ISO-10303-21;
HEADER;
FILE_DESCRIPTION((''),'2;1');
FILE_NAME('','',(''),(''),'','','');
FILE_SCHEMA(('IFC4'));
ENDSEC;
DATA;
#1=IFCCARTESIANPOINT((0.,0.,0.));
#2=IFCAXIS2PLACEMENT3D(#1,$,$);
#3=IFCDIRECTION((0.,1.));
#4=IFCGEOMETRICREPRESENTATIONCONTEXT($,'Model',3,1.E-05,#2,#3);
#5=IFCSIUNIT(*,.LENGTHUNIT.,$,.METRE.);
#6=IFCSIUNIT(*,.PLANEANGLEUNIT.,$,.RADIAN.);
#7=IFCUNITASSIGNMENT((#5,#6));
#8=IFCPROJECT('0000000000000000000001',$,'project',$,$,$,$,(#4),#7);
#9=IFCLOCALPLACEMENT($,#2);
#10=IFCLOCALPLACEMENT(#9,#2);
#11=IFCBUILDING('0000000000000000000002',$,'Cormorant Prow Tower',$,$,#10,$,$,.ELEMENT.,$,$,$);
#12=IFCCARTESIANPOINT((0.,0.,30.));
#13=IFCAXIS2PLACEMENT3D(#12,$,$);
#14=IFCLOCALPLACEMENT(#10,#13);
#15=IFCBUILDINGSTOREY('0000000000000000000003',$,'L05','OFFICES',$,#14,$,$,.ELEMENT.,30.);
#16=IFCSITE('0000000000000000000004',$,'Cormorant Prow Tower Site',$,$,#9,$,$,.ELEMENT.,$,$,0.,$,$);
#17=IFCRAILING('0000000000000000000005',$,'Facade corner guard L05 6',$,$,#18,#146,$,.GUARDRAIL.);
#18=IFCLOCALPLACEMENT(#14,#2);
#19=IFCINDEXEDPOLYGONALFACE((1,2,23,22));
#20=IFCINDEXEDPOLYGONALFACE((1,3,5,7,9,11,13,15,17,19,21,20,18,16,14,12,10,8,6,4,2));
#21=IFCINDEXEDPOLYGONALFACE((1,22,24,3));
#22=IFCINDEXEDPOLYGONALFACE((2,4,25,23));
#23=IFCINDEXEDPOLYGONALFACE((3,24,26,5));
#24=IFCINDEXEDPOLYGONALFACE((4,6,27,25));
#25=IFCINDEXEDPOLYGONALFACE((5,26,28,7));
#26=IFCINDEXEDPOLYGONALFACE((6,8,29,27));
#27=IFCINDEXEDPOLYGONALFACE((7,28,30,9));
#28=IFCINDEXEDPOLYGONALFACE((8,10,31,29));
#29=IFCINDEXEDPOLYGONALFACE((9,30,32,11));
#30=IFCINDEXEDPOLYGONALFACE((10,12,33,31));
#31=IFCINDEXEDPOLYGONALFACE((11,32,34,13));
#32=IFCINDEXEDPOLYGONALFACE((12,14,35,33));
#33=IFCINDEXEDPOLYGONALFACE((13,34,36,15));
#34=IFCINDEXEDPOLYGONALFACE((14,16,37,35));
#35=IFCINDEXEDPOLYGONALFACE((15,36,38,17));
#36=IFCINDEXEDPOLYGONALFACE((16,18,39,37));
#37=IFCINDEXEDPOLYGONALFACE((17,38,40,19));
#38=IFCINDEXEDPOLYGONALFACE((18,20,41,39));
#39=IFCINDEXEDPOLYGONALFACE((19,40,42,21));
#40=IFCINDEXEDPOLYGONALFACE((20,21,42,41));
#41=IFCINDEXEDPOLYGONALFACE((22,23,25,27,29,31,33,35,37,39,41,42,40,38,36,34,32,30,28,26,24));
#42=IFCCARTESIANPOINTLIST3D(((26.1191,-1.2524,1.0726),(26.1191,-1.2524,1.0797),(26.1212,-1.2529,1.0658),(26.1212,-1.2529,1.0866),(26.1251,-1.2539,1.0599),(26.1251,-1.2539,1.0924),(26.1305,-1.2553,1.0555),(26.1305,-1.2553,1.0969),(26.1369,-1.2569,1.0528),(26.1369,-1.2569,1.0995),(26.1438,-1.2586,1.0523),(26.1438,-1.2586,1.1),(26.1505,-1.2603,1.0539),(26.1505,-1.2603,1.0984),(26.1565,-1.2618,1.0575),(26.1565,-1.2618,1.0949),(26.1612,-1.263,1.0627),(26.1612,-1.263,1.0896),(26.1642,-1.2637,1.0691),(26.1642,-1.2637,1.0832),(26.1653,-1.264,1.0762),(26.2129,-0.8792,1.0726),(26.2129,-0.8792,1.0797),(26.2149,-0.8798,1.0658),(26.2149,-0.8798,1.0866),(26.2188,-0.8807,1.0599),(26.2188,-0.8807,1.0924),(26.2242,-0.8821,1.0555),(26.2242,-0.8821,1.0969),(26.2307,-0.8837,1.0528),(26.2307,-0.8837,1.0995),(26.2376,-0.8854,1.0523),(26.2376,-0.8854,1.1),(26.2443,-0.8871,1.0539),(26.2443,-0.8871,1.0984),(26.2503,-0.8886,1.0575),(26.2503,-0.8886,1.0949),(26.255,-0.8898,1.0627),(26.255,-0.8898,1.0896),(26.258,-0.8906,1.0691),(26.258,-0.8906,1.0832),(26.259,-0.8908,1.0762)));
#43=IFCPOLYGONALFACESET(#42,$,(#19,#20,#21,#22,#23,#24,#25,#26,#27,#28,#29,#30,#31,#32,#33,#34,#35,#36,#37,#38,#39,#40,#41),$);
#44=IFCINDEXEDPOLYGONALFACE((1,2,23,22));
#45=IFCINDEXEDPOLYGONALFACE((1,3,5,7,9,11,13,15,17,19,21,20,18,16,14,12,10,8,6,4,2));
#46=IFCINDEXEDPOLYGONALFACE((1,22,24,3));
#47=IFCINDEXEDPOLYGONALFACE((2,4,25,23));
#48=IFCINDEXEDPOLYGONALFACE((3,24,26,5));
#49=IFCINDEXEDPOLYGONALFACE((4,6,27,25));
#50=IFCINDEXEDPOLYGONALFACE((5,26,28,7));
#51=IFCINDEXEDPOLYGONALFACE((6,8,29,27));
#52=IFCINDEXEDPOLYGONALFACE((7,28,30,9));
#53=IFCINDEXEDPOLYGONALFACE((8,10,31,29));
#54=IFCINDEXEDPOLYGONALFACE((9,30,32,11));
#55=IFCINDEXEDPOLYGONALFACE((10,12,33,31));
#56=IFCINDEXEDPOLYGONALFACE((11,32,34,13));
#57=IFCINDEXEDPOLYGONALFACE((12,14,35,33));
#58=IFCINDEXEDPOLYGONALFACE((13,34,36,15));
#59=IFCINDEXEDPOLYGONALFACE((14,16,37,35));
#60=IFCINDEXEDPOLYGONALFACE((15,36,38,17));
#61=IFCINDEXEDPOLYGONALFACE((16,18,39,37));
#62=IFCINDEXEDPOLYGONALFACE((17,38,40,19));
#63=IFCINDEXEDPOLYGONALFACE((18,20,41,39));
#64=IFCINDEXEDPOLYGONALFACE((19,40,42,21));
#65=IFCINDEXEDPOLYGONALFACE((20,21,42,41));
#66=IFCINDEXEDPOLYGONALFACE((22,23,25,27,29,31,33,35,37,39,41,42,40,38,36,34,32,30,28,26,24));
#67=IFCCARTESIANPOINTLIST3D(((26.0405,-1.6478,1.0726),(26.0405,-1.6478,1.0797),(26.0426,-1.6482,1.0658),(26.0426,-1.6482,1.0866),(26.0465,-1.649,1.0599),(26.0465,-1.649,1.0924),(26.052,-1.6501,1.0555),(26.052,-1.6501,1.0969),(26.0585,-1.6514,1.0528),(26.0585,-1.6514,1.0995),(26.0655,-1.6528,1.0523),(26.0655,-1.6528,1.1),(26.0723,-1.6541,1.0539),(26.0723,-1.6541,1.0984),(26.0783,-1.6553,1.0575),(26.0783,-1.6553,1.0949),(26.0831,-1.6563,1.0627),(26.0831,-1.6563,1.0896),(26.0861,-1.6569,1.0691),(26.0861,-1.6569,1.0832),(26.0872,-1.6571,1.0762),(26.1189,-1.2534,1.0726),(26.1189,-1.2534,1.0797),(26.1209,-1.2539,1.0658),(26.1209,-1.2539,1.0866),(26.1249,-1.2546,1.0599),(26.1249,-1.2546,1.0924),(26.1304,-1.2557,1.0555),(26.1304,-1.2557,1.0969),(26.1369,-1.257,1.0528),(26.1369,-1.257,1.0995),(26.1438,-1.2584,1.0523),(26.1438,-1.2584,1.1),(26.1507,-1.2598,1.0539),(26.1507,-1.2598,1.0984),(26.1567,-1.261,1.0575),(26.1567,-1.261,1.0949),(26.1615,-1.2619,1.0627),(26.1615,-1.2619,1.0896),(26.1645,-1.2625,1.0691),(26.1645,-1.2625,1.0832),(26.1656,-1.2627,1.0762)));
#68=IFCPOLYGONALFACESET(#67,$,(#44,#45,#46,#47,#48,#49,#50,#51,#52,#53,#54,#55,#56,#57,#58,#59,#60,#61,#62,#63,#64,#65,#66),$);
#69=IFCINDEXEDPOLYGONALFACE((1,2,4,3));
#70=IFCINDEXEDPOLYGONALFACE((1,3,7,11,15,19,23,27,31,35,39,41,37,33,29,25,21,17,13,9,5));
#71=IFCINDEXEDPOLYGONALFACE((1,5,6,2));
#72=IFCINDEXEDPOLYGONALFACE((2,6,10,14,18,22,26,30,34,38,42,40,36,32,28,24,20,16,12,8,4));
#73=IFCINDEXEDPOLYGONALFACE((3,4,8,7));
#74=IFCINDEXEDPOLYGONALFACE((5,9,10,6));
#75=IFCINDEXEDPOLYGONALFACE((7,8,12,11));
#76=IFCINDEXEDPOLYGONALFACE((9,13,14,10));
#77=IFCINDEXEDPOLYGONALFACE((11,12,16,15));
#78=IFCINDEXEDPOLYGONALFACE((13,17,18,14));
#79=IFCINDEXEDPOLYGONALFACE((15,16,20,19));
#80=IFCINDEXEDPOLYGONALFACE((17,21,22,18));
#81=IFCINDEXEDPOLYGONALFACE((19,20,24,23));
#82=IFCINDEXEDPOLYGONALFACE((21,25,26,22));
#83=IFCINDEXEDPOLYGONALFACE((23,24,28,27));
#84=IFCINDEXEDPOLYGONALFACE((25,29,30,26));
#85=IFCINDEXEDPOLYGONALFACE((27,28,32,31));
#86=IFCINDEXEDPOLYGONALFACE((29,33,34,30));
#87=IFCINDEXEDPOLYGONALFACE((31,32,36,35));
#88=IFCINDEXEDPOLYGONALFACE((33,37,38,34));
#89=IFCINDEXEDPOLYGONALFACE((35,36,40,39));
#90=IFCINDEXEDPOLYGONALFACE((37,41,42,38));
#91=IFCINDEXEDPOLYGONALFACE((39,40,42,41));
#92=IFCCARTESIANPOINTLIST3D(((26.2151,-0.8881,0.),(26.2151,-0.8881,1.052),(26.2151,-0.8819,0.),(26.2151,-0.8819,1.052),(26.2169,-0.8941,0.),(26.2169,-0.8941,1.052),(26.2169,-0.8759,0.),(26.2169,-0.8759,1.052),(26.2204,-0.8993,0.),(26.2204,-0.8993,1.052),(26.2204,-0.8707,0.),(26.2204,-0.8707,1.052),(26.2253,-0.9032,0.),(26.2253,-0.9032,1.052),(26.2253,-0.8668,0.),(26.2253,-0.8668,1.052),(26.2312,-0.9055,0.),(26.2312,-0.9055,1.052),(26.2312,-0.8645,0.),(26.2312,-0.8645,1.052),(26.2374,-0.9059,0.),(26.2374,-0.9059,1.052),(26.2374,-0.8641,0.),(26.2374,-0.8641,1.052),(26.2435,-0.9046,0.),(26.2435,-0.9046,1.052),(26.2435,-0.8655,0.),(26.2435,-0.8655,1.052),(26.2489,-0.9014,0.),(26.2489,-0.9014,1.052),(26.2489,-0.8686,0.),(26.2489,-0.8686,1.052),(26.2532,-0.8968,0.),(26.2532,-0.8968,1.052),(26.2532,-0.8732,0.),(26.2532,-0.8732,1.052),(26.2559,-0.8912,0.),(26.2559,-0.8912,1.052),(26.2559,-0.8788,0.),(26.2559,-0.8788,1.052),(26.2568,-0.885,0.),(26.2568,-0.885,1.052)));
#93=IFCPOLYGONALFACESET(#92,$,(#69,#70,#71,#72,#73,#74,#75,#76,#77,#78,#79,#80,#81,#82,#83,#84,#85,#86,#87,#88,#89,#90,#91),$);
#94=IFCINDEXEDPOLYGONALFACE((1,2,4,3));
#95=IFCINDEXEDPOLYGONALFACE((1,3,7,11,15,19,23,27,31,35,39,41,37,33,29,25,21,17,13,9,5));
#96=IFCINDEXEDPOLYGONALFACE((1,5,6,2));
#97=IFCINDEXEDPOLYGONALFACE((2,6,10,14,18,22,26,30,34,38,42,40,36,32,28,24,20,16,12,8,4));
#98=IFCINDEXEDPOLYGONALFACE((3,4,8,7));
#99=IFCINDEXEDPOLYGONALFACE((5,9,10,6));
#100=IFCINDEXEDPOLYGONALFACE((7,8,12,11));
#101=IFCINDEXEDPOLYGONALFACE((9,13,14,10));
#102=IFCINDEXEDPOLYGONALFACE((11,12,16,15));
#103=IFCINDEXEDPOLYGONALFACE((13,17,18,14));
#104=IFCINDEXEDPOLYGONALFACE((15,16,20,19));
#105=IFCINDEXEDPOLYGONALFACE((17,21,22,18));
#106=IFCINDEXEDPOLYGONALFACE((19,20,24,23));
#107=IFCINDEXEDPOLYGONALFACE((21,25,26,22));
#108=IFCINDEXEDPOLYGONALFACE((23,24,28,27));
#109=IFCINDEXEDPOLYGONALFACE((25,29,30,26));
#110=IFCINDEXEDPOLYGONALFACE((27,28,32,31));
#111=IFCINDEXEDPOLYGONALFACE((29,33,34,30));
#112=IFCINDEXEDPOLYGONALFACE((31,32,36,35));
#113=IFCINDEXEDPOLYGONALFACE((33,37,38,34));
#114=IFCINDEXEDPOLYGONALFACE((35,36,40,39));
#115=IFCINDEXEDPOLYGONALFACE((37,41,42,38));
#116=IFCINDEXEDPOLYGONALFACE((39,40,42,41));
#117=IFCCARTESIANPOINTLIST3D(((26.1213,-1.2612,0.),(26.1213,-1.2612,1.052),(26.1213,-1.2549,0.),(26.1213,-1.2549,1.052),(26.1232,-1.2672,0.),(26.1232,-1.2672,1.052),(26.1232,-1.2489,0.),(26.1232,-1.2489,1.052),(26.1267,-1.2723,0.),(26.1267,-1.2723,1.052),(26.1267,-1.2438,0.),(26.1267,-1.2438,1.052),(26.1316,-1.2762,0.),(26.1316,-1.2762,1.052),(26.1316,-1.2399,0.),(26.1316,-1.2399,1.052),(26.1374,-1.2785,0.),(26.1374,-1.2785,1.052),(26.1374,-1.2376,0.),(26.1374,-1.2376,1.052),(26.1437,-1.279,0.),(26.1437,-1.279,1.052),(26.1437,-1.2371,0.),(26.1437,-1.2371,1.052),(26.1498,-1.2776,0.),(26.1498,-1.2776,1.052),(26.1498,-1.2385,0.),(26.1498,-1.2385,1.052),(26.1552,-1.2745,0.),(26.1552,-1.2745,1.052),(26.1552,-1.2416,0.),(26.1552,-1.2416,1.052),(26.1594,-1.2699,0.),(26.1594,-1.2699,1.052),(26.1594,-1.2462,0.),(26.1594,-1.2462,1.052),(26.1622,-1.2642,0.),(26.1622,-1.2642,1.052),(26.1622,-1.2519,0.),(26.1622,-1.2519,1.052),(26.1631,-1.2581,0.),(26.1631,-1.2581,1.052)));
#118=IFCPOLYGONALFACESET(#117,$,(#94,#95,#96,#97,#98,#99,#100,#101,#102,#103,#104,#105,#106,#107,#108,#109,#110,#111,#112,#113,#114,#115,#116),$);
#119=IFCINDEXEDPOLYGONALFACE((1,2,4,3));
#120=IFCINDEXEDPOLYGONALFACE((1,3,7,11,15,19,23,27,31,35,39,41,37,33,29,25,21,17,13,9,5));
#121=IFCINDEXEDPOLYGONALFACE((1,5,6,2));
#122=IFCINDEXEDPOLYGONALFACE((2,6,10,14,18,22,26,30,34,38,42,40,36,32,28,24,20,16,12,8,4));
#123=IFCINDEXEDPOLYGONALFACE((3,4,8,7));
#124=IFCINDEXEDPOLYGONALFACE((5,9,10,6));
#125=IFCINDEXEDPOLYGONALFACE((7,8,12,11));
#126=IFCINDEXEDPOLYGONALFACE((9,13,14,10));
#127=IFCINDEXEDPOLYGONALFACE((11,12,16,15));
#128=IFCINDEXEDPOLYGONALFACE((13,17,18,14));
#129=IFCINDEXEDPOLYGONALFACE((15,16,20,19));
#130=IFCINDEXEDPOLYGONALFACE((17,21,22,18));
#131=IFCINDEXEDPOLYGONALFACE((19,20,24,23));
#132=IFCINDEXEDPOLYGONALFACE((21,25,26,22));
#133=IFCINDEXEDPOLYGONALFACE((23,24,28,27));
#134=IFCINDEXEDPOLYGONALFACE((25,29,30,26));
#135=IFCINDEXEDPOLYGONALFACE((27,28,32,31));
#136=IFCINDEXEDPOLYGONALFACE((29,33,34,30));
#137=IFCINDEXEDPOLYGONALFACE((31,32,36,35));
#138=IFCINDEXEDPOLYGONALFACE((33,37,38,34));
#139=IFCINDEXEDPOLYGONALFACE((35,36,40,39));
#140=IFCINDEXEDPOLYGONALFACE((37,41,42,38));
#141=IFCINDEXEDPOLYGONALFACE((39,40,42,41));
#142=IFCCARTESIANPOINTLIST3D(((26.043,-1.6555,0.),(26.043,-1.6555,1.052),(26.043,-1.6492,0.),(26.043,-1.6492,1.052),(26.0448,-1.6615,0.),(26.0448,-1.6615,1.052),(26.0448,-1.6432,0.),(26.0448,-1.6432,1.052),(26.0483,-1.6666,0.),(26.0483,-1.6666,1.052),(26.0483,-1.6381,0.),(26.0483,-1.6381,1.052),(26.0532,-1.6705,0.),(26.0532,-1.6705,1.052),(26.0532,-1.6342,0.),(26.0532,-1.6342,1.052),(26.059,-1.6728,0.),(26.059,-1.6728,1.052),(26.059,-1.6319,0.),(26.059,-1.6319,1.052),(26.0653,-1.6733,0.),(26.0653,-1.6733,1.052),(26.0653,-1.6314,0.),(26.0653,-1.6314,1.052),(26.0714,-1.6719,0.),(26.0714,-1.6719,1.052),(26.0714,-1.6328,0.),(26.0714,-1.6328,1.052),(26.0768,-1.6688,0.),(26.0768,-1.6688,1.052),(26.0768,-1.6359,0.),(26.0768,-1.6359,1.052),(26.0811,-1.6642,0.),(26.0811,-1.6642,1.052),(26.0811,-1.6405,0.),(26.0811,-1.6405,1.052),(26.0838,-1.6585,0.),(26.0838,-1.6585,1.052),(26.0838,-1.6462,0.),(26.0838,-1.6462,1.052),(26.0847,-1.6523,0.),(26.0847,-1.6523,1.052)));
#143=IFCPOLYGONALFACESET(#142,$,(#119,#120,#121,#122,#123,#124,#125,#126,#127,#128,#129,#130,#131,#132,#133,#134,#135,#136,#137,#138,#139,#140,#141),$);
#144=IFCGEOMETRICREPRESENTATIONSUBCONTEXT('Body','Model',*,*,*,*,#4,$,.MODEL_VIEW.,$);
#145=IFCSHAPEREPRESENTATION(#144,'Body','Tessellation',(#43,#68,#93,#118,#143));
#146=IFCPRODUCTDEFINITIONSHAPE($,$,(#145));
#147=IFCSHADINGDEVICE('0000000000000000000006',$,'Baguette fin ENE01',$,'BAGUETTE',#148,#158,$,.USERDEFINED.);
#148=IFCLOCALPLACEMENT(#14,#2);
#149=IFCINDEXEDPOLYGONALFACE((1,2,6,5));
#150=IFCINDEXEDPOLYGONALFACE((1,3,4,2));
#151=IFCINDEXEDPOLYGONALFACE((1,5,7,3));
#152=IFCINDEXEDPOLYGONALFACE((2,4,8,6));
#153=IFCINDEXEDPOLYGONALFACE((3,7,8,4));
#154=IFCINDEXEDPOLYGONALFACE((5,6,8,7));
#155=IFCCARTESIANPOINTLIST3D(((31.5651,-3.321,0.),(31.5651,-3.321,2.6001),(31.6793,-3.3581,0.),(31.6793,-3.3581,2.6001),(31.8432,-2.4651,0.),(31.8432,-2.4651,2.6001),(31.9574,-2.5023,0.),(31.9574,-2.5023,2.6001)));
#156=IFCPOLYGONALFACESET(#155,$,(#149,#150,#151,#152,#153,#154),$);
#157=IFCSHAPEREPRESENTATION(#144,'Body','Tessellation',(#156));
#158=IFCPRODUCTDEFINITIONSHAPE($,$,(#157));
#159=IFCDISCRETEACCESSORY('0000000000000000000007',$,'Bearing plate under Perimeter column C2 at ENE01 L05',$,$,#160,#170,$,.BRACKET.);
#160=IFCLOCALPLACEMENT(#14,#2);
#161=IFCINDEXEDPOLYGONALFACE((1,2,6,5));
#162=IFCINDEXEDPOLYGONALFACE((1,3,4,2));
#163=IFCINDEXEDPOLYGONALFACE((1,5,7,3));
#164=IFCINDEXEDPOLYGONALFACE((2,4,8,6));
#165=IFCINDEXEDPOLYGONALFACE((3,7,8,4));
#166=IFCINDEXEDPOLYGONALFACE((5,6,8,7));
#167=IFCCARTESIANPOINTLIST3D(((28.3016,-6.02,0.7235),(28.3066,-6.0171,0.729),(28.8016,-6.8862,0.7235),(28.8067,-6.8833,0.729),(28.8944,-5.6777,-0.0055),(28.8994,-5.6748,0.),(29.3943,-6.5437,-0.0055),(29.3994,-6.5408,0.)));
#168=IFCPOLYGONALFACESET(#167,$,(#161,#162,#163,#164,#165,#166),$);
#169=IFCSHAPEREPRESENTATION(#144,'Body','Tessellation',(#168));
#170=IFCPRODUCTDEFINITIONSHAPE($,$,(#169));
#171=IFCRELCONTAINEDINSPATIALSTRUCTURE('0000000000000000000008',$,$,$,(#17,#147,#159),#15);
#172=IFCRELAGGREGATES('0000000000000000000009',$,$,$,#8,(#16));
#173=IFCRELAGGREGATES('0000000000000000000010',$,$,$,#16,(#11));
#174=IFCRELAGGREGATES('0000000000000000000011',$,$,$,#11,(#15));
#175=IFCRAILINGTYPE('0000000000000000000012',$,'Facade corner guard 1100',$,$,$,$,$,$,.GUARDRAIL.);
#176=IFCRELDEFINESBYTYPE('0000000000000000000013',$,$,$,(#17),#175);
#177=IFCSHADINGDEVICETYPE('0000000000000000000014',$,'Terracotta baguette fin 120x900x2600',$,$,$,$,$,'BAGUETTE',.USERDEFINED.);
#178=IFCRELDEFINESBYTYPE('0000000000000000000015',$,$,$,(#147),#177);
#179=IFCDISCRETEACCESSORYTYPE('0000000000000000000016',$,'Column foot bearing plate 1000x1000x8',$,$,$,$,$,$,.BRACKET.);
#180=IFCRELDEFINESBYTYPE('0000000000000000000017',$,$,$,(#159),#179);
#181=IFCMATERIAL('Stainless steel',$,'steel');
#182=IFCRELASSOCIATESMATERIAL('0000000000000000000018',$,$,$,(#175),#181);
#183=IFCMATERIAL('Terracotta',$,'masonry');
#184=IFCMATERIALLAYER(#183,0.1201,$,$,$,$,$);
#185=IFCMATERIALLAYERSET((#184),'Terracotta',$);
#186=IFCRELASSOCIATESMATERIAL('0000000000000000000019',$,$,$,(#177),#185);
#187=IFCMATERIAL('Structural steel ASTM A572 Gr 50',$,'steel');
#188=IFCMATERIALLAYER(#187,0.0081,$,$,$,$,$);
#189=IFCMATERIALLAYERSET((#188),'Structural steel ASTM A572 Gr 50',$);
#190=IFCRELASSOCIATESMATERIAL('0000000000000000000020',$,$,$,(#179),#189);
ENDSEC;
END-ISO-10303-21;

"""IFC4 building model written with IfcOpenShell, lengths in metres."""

from ifc_helpers import new_model, si_unit, direction, frame, origin, origin_2d, place, context, subcontext, project, spatial, polyline, rectangle, circle, outline, extrude, material, layer, layer_set, type_object, element, save


model = new_model("IFC4")

# Units and contexts
model_context = context("Model", 3, precision=1e-05, world=origin(), true_north=direction((0.0, 1.0)))
body_context = subcontext(model_context, "Body", "Model", "MODEL_VIEW")
ifc_project = project(units=[si_unit("LENGTHUNIT", "METRE"), si_unit("PLANEANGLEUNIT", "RADIAN")], contexts=[model_context])

# Site, building, storey
site_placement = place(None, origin())
site = spatial("IfcSite", under=ifc_project, at=site_placement, Name="Cormorant Prow Tower Site", CompositionType="ELEMENT", RefElevation=0.0)
building_placement = place(site_placement, origin())
building = spatial("IfcBuilding", under=site, at=building_placement, Name="Cormorant Prow Tower", CompositionType="ELEMENT")
storey_placement = place(building_placement, frame((0.0, 0.0, 30.0)))
storey = spatial("IfcBuildingStorey", under=building, at=storey_placement, Name="L05", Description="OFFICES", CompositionType="ELEMENT", Elevation=30.0)

# Railing
ifc_material_1 = material(Name="Stainless steel", Category="steel")
railing_type_1 = type_object("IfcRailingType", Name="Facade corner guard 1100", PredefinedType="GUARDRAIL", material=ifc_material_1)
railing_1_placement = place(storey_placement, frame((26.2358, -0.885, 0.0)))
element("IfcRailing", 1, at=railing_1_placement, inside=storey, type_object=railing_type_1, Name="Facade corner guard L05 6", PredefinedType="GUARDRAIL", context=body_context, shape_type="SweptSolid", body=[
    extrude(circle(Radius=0.0239, at=origin_2d()), frame((0.0, 0.0, 1.0762), z_axis=(-0.24373, -0.969843, 0.0), x_axis=(0.969843, -0.24373, 0.0)), (0.0, 0.0, 1.0), 0.3848),
    extrude(circle(Radius=0.0239, at=origin_2d()), frame((-0.0938, -0.373, 1.0762), z_axis=(-0.194948, -0.980814, 0.0), x_axis=(0.980814, -0.194948, 0.0)), (0.0, 0.0, 1.0), 0.4021),
    extrude(circle(Radius=0.021, at=origin_2d()), origin(), (0.0, 0.0, 1.0), 1.052),
    extrude(circle(Radius=0.021, at=origin_2d()), frame((-0.0938, -0.373, 0.0)), (0.0, 0.0, 1.0), 1.052),
    extrude(circle(Radius=0.021, at=origin_2d()), frame((-0.1721, -0.7673, 0.0)), (0.0, 0.0, 1.0), 1.052),
])

# Shading device
ifc_material_2 = material(Name="Terracotta", Category="masonry")
ifc_layer_1 = layer(ifc_material_2, 0.1201)
ifc_layer_set_1 = layer_set([ifc_layer_1], Name="Terracotta")
shading_device_type = type_object("IfcShadingDeviceType", Name="Terracotta baguette fin 120x900x2600", ElementType="BAGUETTE", PredefinedType="USERDEFINED", material=ifc_layer_set_1)
shading_device_placement = place(storey_placement, frame((31.7612, -2.9116, 0.0), z_axis=(0.0, 0.0, 1.0), x_axis=(-0.951057, 0.309017, 0.0)))
element("IfcShadingDevice", 2, at=shading_device_placement, inside=storey, type_object=shading_device_type, Name="Baguette fin ENE01", ObjectType="BAGUETTE", PredefinedType="USERDEFINED", context=body_context, shape_type="SweptSolid", body=[
    extrude(rectangle(XDim=0.1201, YDim=0.8999, at=origin_2d()), origin(), (0.0, 0.0, 1.0), 2.6001),
])

# Discrete accessory
ifc_material_3 = material(Name="Structural steel ASTM A572 Gr 50", Category="steel")
ifc_layer_2 = layer(ifc_material_3, 0.0081)
ifc_layer_set_2 = layer_set([ifc_layer_2], Name="Structural steel ASTM A572 Gr 50")
discrete_accessory_type = type_object("IfcDiscreteAccessoryType", Name="Column foot bearing plate 1000x1000x8", PredefinedType="BRACKET", material=ifc_layer_set_2)
discrete_accessory_placement = place(storey_placement, frame((28.3066, -6.0171, 0.729), z_axis=(0.631325, 0.364469, 0.684537), x_axis=(0.499948, -0.866056, 0.00003)))
element("IfcDiscreteAccessory", 3, at=discrete_accessory_placement, inside=storey, type_object=discrete_accessory_type, Name="Bearing plate under Perimeter column C2 at ENE01 L05", PredefinedType="BRACKET", context=body_context, shape_type="SweptSolid", body=[
    extrude(outline(polyline([(0.0, 0.0), (1.0002, 0.0), (0.9998, 1.0001), (-0.0001, 1.0), (0.0, 0.0)])), origin(), (0.0, 0.0, -1.0), 0.0081),
])

save(model, "model.ifc")
